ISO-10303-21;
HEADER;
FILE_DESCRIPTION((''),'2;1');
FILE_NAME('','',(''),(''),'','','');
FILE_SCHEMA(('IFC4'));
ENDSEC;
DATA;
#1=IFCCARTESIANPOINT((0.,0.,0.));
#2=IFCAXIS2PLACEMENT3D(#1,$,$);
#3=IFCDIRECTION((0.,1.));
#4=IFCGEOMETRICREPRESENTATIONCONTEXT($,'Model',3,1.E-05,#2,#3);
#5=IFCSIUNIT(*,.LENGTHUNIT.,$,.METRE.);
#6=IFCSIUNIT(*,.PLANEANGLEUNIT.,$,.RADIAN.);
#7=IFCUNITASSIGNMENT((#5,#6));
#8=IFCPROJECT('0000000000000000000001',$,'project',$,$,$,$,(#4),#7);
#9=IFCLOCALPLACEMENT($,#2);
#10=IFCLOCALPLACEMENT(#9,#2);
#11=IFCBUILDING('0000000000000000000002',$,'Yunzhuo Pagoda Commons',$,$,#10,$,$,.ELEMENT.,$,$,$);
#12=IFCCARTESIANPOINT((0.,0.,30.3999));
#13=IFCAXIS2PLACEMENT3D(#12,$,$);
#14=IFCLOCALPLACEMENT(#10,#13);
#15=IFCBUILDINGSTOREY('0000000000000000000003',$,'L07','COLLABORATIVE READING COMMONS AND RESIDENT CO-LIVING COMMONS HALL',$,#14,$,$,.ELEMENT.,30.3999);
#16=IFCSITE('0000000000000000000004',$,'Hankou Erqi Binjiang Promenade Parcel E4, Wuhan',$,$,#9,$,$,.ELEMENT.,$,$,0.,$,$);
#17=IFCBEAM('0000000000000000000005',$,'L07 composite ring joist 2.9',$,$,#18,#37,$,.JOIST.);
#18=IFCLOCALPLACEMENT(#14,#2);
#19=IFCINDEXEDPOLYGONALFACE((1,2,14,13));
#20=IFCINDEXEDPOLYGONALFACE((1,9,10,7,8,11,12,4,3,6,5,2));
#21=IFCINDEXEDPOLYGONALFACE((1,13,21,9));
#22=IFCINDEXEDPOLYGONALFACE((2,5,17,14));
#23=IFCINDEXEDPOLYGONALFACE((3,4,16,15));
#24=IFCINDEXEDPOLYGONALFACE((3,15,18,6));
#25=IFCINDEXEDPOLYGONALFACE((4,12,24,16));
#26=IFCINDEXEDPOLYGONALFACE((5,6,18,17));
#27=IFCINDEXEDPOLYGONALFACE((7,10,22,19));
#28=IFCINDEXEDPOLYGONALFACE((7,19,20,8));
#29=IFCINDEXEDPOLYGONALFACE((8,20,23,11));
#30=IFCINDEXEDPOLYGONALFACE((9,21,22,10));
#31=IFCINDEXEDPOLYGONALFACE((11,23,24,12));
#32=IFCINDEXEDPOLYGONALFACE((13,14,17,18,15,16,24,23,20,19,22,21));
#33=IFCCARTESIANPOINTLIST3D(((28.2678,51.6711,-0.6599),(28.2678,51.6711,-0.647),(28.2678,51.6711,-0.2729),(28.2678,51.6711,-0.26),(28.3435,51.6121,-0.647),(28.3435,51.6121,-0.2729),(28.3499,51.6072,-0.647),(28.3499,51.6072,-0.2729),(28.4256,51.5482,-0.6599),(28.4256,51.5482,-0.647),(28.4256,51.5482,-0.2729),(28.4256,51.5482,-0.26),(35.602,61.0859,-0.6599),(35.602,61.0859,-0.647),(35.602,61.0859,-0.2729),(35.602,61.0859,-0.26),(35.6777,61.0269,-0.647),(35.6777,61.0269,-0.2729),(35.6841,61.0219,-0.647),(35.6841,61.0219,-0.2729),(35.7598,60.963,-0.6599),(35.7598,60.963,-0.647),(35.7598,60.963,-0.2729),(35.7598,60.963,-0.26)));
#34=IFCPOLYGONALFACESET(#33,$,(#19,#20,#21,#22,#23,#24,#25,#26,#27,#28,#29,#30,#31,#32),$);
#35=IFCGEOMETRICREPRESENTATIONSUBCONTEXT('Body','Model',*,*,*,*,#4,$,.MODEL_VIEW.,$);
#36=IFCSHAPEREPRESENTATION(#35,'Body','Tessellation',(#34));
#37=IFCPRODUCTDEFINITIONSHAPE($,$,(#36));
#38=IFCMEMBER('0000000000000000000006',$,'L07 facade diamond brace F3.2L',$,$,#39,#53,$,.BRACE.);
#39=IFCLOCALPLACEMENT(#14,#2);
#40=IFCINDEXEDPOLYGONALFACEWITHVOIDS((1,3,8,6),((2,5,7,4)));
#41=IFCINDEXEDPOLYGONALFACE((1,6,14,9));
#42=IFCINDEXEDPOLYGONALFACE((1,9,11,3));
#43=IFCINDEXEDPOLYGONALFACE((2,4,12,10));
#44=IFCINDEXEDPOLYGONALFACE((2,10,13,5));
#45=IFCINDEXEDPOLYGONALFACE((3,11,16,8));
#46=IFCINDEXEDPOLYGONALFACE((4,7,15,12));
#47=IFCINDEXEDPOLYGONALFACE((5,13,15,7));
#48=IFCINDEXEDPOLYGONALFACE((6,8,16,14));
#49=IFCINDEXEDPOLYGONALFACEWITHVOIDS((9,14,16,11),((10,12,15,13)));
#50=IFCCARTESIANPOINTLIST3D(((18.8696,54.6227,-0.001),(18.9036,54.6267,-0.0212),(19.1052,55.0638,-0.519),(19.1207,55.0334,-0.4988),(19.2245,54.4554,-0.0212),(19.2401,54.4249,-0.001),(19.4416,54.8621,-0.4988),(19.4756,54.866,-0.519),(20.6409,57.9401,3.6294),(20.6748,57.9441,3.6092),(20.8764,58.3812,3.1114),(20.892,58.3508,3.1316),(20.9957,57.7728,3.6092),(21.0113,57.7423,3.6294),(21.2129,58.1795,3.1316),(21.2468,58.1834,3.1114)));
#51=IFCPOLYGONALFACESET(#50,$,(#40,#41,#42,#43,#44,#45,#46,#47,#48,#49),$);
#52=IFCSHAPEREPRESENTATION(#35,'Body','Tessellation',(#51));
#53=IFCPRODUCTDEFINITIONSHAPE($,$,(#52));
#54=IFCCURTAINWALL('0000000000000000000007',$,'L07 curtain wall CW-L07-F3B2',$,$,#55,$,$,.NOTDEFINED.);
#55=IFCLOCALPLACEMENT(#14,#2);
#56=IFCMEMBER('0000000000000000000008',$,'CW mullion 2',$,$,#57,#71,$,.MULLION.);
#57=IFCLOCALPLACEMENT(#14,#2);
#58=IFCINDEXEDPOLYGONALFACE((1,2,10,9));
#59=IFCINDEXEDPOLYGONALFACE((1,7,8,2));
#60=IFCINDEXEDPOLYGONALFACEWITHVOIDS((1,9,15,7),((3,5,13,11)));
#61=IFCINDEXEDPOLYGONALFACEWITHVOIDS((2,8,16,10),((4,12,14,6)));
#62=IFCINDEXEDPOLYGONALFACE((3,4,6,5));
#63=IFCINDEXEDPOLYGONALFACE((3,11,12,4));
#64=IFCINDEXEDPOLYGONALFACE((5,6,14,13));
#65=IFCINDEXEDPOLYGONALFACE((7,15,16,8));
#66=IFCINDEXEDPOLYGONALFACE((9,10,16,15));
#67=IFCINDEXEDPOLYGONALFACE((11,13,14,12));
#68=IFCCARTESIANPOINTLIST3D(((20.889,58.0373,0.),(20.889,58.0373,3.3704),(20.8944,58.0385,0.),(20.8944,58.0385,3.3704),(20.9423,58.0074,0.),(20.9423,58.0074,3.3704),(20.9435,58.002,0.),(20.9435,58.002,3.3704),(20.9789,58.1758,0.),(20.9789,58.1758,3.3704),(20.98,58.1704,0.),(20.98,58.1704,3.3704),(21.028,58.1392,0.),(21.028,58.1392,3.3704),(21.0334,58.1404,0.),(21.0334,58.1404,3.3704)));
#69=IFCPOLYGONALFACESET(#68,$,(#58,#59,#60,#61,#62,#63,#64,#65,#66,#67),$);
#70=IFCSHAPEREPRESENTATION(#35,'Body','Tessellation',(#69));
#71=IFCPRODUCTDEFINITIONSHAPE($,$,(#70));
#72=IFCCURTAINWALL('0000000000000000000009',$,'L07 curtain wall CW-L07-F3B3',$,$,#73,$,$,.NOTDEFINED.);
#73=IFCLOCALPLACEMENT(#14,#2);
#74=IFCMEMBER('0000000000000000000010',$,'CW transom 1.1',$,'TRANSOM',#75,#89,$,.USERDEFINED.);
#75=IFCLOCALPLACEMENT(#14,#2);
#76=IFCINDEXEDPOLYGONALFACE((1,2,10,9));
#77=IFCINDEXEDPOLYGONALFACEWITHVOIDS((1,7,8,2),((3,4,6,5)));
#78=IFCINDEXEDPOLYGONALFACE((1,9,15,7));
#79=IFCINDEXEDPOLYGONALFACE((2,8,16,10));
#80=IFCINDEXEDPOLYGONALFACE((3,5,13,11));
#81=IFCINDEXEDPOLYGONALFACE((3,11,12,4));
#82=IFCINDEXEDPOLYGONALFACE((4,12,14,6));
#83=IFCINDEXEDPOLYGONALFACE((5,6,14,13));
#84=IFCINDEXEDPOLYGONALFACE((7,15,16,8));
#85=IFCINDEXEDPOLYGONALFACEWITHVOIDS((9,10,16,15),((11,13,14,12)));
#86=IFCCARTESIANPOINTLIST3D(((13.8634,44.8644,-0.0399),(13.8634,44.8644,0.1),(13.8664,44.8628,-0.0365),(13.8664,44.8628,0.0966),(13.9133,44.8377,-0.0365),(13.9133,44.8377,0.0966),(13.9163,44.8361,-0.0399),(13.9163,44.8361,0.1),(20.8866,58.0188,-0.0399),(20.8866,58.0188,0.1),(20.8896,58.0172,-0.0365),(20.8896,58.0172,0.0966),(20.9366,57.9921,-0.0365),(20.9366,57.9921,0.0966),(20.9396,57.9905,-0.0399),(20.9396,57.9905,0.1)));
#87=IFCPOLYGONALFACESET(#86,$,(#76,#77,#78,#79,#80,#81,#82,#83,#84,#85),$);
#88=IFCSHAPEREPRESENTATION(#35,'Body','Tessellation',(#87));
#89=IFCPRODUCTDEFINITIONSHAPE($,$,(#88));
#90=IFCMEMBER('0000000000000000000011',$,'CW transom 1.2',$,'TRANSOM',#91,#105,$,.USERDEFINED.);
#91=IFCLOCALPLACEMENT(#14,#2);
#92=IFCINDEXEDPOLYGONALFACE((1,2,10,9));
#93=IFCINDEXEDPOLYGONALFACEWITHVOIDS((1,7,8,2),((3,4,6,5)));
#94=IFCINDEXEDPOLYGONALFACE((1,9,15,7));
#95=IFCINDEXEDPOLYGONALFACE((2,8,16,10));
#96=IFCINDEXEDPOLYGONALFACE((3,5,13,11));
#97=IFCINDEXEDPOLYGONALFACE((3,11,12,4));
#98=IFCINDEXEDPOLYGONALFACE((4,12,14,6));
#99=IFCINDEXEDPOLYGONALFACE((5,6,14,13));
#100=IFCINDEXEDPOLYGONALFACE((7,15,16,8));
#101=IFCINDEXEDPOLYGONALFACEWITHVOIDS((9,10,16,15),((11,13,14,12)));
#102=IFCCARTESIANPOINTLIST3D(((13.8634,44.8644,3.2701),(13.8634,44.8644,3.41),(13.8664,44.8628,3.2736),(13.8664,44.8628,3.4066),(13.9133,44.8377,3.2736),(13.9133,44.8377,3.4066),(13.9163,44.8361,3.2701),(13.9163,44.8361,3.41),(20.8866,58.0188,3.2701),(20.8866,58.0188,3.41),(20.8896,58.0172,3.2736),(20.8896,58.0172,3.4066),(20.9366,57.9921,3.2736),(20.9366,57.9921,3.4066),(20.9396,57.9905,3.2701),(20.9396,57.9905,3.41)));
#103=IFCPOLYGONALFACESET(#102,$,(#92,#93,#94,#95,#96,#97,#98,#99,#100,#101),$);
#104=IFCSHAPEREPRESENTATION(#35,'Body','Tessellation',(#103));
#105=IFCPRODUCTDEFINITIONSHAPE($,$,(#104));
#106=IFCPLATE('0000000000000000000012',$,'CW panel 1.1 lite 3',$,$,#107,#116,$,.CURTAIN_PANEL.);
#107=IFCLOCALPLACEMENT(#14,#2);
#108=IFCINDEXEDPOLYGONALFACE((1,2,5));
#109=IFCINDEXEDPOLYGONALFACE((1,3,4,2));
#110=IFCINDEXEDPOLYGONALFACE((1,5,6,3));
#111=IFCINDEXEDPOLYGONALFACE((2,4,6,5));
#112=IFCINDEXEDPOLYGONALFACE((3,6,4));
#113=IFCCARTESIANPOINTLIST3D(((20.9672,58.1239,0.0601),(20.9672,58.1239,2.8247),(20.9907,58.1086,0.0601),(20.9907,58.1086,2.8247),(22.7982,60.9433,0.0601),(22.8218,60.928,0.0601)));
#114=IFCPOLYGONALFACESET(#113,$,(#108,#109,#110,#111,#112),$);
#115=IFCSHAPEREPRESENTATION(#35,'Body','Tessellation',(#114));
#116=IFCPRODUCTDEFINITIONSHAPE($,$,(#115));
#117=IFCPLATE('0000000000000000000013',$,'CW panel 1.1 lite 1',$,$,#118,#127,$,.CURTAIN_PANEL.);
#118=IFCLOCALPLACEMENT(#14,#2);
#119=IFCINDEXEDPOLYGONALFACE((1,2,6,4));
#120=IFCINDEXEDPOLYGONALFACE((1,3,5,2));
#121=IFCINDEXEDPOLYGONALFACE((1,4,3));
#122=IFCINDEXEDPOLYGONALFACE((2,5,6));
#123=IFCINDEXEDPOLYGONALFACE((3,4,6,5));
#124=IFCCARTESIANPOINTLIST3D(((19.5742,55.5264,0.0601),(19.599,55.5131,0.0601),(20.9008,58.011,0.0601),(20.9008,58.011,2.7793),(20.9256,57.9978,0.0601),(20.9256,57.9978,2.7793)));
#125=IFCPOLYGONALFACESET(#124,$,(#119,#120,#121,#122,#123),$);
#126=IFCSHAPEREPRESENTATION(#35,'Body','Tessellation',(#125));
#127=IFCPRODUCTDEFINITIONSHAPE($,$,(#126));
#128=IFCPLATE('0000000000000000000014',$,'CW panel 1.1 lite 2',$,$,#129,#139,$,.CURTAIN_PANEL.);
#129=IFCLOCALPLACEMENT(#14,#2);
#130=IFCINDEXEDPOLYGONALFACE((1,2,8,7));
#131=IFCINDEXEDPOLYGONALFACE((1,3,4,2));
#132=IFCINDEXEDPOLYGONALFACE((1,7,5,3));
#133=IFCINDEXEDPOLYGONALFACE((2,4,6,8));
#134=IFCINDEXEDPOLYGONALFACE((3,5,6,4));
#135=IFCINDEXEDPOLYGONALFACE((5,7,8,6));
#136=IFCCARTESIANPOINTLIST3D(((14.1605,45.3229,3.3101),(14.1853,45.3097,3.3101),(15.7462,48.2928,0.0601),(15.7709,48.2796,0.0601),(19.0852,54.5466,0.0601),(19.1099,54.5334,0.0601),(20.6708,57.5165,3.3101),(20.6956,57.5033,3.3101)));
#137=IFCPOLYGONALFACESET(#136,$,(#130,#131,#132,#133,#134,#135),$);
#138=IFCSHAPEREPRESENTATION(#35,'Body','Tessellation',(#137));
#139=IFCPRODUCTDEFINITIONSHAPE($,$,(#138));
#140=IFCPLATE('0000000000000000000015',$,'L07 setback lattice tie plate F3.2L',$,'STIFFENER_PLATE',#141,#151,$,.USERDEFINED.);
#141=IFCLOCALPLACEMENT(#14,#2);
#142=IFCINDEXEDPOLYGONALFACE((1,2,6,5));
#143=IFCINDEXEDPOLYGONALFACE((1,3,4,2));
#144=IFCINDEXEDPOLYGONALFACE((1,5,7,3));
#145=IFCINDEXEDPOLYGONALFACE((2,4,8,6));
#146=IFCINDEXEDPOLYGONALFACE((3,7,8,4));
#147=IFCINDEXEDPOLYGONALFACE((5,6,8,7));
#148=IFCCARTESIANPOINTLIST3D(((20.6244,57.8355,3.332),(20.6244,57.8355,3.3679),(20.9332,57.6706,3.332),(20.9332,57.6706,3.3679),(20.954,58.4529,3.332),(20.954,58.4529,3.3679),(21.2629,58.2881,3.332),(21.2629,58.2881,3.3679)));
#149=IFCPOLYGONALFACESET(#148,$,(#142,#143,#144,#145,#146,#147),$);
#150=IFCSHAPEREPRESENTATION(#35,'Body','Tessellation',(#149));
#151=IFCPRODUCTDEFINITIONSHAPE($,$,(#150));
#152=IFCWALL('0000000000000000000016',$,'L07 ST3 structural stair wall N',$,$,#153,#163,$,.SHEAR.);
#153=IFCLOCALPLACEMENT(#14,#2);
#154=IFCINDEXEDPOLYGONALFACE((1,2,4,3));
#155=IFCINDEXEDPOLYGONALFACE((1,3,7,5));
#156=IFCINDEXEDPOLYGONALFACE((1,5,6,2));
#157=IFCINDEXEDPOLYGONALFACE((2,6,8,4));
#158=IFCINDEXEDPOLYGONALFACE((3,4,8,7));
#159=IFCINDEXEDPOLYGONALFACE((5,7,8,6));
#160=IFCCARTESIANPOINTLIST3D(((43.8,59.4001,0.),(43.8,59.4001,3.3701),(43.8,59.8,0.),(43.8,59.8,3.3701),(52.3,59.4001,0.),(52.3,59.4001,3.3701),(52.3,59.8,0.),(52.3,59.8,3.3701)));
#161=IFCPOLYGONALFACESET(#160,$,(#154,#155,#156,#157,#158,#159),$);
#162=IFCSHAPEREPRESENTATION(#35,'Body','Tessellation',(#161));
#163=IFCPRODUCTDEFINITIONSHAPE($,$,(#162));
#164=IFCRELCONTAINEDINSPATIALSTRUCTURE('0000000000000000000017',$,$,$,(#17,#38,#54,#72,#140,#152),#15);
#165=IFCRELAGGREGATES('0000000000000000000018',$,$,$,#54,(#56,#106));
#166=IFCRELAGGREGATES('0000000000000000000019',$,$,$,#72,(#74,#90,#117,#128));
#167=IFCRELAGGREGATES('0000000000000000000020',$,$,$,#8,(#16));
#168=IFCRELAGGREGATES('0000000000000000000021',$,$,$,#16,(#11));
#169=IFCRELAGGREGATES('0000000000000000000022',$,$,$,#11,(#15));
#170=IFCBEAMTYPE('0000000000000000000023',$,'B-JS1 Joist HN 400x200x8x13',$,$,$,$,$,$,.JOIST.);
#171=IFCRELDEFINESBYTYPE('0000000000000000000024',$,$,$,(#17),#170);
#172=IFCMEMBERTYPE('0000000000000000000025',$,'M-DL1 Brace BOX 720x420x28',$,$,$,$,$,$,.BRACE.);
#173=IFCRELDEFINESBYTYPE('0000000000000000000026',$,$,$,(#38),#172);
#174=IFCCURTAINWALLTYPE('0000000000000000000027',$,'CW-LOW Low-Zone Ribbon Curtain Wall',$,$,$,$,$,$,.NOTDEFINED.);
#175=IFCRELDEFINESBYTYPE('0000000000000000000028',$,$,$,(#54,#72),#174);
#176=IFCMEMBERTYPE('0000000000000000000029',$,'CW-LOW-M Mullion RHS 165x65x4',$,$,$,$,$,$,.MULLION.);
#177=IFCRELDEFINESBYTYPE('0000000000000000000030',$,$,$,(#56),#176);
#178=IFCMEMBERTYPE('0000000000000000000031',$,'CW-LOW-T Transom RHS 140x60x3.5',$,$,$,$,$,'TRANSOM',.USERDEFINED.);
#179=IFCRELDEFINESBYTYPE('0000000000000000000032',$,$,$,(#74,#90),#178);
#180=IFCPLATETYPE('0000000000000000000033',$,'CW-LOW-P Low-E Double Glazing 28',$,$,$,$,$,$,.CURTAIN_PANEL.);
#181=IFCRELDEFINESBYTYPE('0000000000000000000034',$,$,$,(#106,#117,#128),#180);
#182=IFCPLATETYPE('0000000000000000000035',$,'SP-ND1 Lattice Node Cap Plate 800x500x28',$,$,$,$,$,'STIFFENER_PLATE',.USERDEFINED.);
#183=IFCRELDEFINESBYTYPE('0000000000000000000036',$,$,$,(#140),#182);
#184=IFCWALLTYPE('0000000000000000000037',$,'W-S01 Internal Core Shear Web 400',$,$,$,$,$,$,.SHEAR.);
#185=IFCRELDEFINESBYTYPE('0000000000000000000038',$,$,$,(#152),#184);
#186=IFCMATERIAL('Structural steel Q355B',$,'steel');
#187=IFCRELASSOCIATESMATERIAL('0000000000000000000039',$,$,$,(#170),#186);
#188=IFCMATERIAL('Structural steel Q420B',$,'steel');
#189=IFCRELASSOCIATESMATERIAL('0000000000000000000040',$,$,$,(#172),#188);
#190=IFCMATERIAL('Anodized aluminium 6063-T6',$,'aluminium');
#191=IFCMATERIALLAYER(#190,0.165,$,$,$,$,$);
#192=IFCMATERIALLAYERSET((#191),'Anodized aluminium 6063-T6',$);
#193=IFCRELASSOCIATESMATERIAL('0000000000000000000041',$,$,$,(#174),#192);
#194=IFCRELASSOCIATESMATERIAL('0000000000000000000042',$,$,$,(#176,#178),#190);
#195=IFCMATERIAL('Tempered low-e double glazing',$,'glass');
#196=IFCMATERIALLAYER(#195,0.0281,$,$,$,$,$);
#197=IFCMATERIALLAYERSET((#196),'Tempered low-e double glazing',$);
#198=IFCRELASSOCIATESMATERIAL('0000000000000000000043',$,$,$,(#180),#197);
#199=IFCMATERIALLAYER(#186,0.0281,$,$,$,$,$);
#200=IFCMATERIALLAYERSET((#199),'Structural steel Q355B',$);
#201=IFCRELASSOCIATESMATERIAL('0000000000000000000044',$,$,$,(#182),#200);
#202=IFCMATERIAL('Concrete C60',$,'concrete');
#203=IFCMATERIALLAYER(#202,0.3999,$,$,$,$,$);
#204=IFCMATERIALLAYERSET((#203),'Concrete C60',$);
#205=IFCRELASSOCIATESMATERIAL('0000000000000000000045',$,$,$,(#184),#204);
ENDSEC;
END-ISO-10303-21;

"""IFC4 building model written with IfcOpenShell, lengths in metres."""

from ifc_helpers import new_model, si_unit, direction, frame, frame_2d, origin, origin_2d, place, context, subcontext, project, spatial, polyline, rectangle, hollow_rectangle, i_section, outline, extrude, source, transform, mapped, material, layer, layer_set, material_profile, profile_set, type_object, element, aggregate, save


model = new_model("IFC4")

# Units and contexts
model_context = context("Model", 3, precision=1e-05, world=origin(), true_north=direction((0.0, 1.0)))
body_context = subcontext(model_context, "Body", "Model", "MODEL_VIEW")
ifc_project = project(units=[si_unit("LENGTHUNIT", "METRE"), si_unit("PLANEANGLEUNIT", "RADIAN")], contexts=[model_context])

# Site, building, storey
site_placement = place(None, origin())
site = spatial("IfcSite", under=ifc_project, at=site_placement, Name="Hankou Erqi Binjiang Promenade Parcel E4, Wuhan", CompositionType="ELEMENT", RefElevation=0.0)
building_placement = place(site_placement, origin())
building = spatial("IfcBuilding", under=site, at=building_placement, Name="Yunzhuo Pagoda Commons", CompositionType="ELEMENT")
storey_placement = place(building_placement, frame((0.0, 0.0, 30.3999)))
storey = spatial("IfcBuildingStorey", under=building, at=storey_placement, Name="L07", Description="COLLABORATIVE READING COMMONS AND RESIDENT CO-LIVING COMMONS HALL", CompositionType="ELEMENT", Elevation=30.3999)

# Shared definitions
ifc_material_1 = material(Name="Structural steel Q420B", Category="steel")

# Beam
ifc_material_2 = material(Name="Structural steel Q355B", Category="steel")
ifc_material_profile_1 = material_profile(ifc_material_2, i_section(OverallWidth=0.2, OverallDepth=0.3999, WebThickness=0.0081, FlangeThickness=0.0129, at=origin_2d()), Name="Structural steel Q355B")
ifc_profile_set_1 = profile_set([ifc_material_profile_1], Name="Structural steel Q355B")
beam_type_1 = type_object("IfcBeamType", Name="B-JS1 Joist HN 400x200x8x13", PredefinedType="JOIST", material=ifc_profile_set_1)
shared_shape_1 = source(origin(), body_context, "Body", "SweptSolid", [
    extrude(i_section(OverallWidth=0.2, OverallDepth=0.3999, WebThickness=0.0081, FlangeThickness=0.0129, at=origin_2d()), origin(), (0.0, 0.0, 1.0), 11.9343),
])
beam_1_placement = place(storey_placement, frame((35.6809, 61.0244, -0.46), z_axis=(-0.614547, -0.788881, 0.0), x_axis=(0.788881, -0.614547, 0.0)))
element("IfcBeam", 1, at=beam_1_placement, inside=storey, type_object=beam_type_1, Name="L07 composite ring joist 2.9", PredefinedType="JOIST", context=body_context, shape_type="MappedRepresentation", body=[
    mapped(shared_shape_1, transform((0.0, 0.0, 0.0), scale=1.0)),
])

# Member
ifc_material_profile_2 = material_profile(ifc_material_1, hollow_rectangle(XDim=0.4199, YDim=0.72, WallThickness=0.0281, at=origin_2d()), Name="Structural steel Q420B")
ifc_profile_set_2 = profile_set([ifc_material_profile_2], Name="Structural steel Q420B")
member_type_1 = type_object("IfcMemberType", Name="M-DL1 Brace BOX 720x420x28", PredefinedType="BRACE", material=ifc_profile_set_2)
shared_shape_2 = source(origin(), body_context, "Body", "SweptSolid", [
    extrude(hollow_rectangle(XDim=0.4199, YDim=0.72, WallThickness=0.0281, at=origin_2d()), origin(), (0.0, 0.0, 1.0), 5.2271),
])
member_1_placement = place(storey_placement, frame((19.1726, 54.7444, -0.26), z_axis=(0.338861, 0.634658, 0.694537), x_axis=(-0.882135, 0.470996, 0.0)))
element("IfcMember", 2, at=member_1_placement, inside=storey, type_object=member_type_1, Name="L07 facade diamond brace F3.2L", PredefinedType="BRACE", context=body_context, shape_type="MappedRepresentation", body=[
    mapped(shared_shape_2, transform((0.0, 0.0, 0.0), scale=1.0)),
])

# Curtain wall, member
ifc_material_3 = material(Name="Anodized aluminium 6063-T6", Category="aluminium")
ifc_layer_1 = layer(ifc_material_3, 0.165)
ifc_layer_set_1 = layer_set([ifc_layer_1], Name="Anodized aluminium 6063-T6")
curtain_wall_type = type_object("IfcCurtainWallType", Name="CW-LOW Low-Zone Ribbon Curtain Wall", PredefinedType="NOTDEFINED", material=ifc_layer_set_1)
curtain_wall_1_placement = place(storey_placement, origin())
curtain_wall_1 = element("IfcCurtainWall", 3, at=curtain_wall_1_placement, inside=storey, type_object=curtain_wall_type, Name="L07 curtain wall CW-L07-F3B2", PredefinedType="NOTDEFINED")
ifc_material_profile_3 = material_profile(ifc_material_3, hollow_rectangle(XDim=0.0649, YDim=0.165, WallThickness=0.0039, at=origin_2d()), Name="Anodized aluminium 6063-T6")
ifc_profile_set_3 = profile_set([ifc_material_profile_3], Name="Anodized aluminium 6063-T6")
member_type_2 = type_object("IfcMemberType", Name="CW-LOW-M Mullion RHS 165x65x4", PredefinedType="MULLION", material=ifc_profile_set_3)
shared_shape_3 = source(origin(), body_context, "Body", "SweptSolid", [
    extrude(hollow_rectangle(XDim=0.0649, YDim=0.165, WallThickness=0.0039, at=origin_2d()), origin(), (0.0, 0.0, 1.0), 3.3704),
])
member_2_placement = place(storey_placement, frame((20.9612, 58.0889, 0.0), z_axis=(0.0, 0.0, 1.0), x_axis=(0.838652, -0.544667, 0.0)))
member_2 = element("IfcMember", 4, at=member_2_placement, type_object=member_type_2, Name="CW mullion 2", PredefinedType="MULLION", context=body_context, shape_type="MappedRepresentation", body=[
    mapped(shared_shape_3, transform((0.0, 0.0, 0.0), scale=1.0)),
])

# Curtain wall, members
curtain_wall_2_placement = place(storey_placement, origin())
curtain_wall_2 = element("IfcCurtainWall", 5, at=curtain_wall_2_placement, inside=storey, type_object=curtain_wall_type, Name="L07 curtain wall CW-L07-F3B3", PredefinedType="NOTDEFINED")
ifc_material_profile_4 = material_profile(ifc_material_3, hollow_rectangle(XDim=0.0601, YDim=0.1399, WallThickness=0.0034, at=origin_2d()), Name="Anodized aluminium 6063-T6")
ifc_profile_set_4 = profile_set([ifc_material_profile_4], Name="Anodized aluminium 6063-T6")
member_type_3 = type_object("IfcMemberType", Name="CW-LOW-T Transom RHS 140x60x3.5", ElementType="TRANSOM", PredefinedType="USERDEFINED", material=ifc_profile_set_4)
shared_shape_4 = source(origin(), body_context, "Body", "SweptSolid", [
    extrude(hollow_rectangle(XDim=0.0601, YDim=0.1399, WallThickness=0.0034, at=origin_2d()), origin(), (0.0, 0.0, 1.0), 14.9119),
])
member_3_placement = place(storey_placement, frame((20.9131, 58.0046, 0.03), z_axis=(-0.470983, -0.882142, 0.0), x_axis=(0.882142, -0.470983, 0.0)))
member_3 = element("IfcMember", 6, at=member_3_placement, type_object=member_type_3, Name="CW transom 1.1", ObjectType="TRANSOM", PredefinedType="USERDEFINED", context=body_context, shape_type="MappedRepresentation", body=[
    mapped(shared_shape_4, transform((0.0, 0.0, 0.0), scale=1.0)),
])
member_4_placement = place(storey_placement, frame((20.9131, 58.0046, 3.3401), z_axis=(-0.470983, -0.882142, 0.0), x_axis=(0.882142, -0.470983, 0.0)))
member_4 = element("IfcMember", 7, at=member_4_placement, type_object=member_type_3, Name="CW transom 1.2", ObjectType="TRANSOM", PredefinedType="USERDEFINED", context=body_context, shape_type="MappedRepresentation", body=[
    mapped(shared_shape_4, transform((0.0, 0.0, 0.0), scale=1.0)),
])

# Plates
ifc_material_4 = material(Name="Tempered low-e double glazing", Category="glass")
ifc_layer_2 = layer(ifc_material_4, 0.0281)
ifc_layer_set_2 = layer_set([ifc_layer_2], Name="Tempered low-e double glazing")
plate_type_1 = type_object("IfcPlateType", Name="CW-LOW-P Low-E Double Glazing 28", PredefinedType="CURTAIN_PANEL", material=ifc_layer_set_2)
plate_1_placement = place(storey_placement, frame((21.9062, 59.5183, 1.4424), z_axis=(-0.838652, 0.544667, 0.0), x_axis=(-0.544667, -0.838652, 0.0)))
plate_1 = element("IfcPlate", 8, at=plate_1_placement, type_object=plate_type_1, Name="CW panel 1.1 lite 3", PredefinedType="CURTAIN_PANEL", context=body_context, shape_type="SweptSolid", body=[
    extrude(outline(polyline([(-1.6809, -1.3823), (1.6809, -1.3823), (1.6809, 1.3823), (-1.6809, -1.3823)])), origin(), (0.0, 0.0, 1.0), 0.0281),
])
aggregate(curtain_wall_1, [member_2, plate_1])
plate_2_placement = place(storey_placement, frame((20.2622, 56.7554, 1.4197), z_axis=(-0.882141, 0.470985, 0.0), x_axis=(-0.470985, -0.882141, 0.0)))
plate_2 = element("IfcPlate", 9, at=plate_2_placement, type_object=plate_type_1, Name="CW panel 1.1 lite 1", PredefinedType="CURTAIN_PANEL", context=body_context, shape_type="SweptSolid", body=[
    extrude(outline(polyline([(-1.4084, -1.3596), (1.4082, -1.3596), (-1.4084, 1.3596), (-1.4084, -1.3596)])), origin(), (0.0, 0.0, 1.0), 0.0281),
])
plate_3_placement = place(storey_placement, frame((17.4404, 51.4065, 1.6851), z_axis=(-0.882141, 0.470985, 0.0), x_axis=(-0.470985, -0.882141, 0.0)))
plate_3 = element("IfcPlate", 10, at=plate_3_placement, type_object=plate_type_1, Name="CW panel 1.1 lite 2", PredefinedType="CURTAIN_PANEL", context=body_context, shape_type="SweptSolid", body=[
    extrude(outline(polyline([(-6.9114, 1.625), (-3.5447, -1.625), (3.5447, -1.625), (6.9114, 1.625), (-6.9114, 1.625)])), origin(), (0.0, 0.0, 1.0), 0.0281),
])
aggregate(curtain_wall_2, [member_3, member_4, plate_2, plate_3])
ifc_layer_3 = layer(ifc_material_2, 0.0281)
ifc_layer_set_3 = layer_set([ifc_layer_3], Name="Structural steel Q355B")
plate_type_2 = type_object("IfcPlateType", Name="SP-ND1 Lattice Node Cap Plate 800x500x28", ElementType="STIFFENER_PLATE", PredefinedType="USERDEFINED", material=ifc_layer_set_3)
shared_shape_5 = source(origin(), body_context, "Body", "SweptSolid", [
    extrude(rectangle(XDim=0.7, YDim=0.3501, at=origin_2d()), origin(), (0.0, 0.0, 1.0), 0.0359),
])
plate_4_placement = place(storey_placement, frame((20.9436, 58.0618, 3.332), z_axis=(0.0, 0.0, 1.0), x_axis=(-0.470981, -0.882143, 0.0)))
element("IfcPlate", 11, at=plate_4_placement, inside=storey, type_object=plate_type_2, Name="L07 setback lattice tie plate F3.2L", ObjectType="STIFFENER_PLATE", PredefinedType="USERDEFINED", context=body_context, shape_type="MappedRepresentation", body=[
    mapped(shared_shape_5, transform((0.0, 0.0, 0.0), scale=1.0)),
])

# Wall
ifc_material_5 = material(Name="Concrete C60", Category="concrete")
ifc_layer_4 = layer(ifc_material_5, 0.3999)
ifc_layer_set_4 = layer_set([ifc_layer_4], Name="Concrete C60")
wall_type = type_object("IfcWallType", Name="W-S01 Internal Core Shear Web 400", PredefinedType="SHEAR", material=ifc_layer_set_4)
wall_1_placement = place(storey_placement, frame((43.8, 59.6001, 0.0), z_axis=(0.0, 0.0, 1.0), x_axis=(1.0, 0.0, 0.0)))
element("IfcWall", 12, at=wall_1_placement, inside=storey, type_object=wall_type, Name="L07 ST3 structural stair wall N", PredefinedType="SHEAR", context=body_context, shape_type="SweptSolid", body=[
    extrude(rectangle(XDim=8.5, YDim=0.3999, at=frame_2d((4.25, 0.0))), origin(), (0.0, 0.0, 1.0), 3.3701),
])

save(model, "model.ifc")
